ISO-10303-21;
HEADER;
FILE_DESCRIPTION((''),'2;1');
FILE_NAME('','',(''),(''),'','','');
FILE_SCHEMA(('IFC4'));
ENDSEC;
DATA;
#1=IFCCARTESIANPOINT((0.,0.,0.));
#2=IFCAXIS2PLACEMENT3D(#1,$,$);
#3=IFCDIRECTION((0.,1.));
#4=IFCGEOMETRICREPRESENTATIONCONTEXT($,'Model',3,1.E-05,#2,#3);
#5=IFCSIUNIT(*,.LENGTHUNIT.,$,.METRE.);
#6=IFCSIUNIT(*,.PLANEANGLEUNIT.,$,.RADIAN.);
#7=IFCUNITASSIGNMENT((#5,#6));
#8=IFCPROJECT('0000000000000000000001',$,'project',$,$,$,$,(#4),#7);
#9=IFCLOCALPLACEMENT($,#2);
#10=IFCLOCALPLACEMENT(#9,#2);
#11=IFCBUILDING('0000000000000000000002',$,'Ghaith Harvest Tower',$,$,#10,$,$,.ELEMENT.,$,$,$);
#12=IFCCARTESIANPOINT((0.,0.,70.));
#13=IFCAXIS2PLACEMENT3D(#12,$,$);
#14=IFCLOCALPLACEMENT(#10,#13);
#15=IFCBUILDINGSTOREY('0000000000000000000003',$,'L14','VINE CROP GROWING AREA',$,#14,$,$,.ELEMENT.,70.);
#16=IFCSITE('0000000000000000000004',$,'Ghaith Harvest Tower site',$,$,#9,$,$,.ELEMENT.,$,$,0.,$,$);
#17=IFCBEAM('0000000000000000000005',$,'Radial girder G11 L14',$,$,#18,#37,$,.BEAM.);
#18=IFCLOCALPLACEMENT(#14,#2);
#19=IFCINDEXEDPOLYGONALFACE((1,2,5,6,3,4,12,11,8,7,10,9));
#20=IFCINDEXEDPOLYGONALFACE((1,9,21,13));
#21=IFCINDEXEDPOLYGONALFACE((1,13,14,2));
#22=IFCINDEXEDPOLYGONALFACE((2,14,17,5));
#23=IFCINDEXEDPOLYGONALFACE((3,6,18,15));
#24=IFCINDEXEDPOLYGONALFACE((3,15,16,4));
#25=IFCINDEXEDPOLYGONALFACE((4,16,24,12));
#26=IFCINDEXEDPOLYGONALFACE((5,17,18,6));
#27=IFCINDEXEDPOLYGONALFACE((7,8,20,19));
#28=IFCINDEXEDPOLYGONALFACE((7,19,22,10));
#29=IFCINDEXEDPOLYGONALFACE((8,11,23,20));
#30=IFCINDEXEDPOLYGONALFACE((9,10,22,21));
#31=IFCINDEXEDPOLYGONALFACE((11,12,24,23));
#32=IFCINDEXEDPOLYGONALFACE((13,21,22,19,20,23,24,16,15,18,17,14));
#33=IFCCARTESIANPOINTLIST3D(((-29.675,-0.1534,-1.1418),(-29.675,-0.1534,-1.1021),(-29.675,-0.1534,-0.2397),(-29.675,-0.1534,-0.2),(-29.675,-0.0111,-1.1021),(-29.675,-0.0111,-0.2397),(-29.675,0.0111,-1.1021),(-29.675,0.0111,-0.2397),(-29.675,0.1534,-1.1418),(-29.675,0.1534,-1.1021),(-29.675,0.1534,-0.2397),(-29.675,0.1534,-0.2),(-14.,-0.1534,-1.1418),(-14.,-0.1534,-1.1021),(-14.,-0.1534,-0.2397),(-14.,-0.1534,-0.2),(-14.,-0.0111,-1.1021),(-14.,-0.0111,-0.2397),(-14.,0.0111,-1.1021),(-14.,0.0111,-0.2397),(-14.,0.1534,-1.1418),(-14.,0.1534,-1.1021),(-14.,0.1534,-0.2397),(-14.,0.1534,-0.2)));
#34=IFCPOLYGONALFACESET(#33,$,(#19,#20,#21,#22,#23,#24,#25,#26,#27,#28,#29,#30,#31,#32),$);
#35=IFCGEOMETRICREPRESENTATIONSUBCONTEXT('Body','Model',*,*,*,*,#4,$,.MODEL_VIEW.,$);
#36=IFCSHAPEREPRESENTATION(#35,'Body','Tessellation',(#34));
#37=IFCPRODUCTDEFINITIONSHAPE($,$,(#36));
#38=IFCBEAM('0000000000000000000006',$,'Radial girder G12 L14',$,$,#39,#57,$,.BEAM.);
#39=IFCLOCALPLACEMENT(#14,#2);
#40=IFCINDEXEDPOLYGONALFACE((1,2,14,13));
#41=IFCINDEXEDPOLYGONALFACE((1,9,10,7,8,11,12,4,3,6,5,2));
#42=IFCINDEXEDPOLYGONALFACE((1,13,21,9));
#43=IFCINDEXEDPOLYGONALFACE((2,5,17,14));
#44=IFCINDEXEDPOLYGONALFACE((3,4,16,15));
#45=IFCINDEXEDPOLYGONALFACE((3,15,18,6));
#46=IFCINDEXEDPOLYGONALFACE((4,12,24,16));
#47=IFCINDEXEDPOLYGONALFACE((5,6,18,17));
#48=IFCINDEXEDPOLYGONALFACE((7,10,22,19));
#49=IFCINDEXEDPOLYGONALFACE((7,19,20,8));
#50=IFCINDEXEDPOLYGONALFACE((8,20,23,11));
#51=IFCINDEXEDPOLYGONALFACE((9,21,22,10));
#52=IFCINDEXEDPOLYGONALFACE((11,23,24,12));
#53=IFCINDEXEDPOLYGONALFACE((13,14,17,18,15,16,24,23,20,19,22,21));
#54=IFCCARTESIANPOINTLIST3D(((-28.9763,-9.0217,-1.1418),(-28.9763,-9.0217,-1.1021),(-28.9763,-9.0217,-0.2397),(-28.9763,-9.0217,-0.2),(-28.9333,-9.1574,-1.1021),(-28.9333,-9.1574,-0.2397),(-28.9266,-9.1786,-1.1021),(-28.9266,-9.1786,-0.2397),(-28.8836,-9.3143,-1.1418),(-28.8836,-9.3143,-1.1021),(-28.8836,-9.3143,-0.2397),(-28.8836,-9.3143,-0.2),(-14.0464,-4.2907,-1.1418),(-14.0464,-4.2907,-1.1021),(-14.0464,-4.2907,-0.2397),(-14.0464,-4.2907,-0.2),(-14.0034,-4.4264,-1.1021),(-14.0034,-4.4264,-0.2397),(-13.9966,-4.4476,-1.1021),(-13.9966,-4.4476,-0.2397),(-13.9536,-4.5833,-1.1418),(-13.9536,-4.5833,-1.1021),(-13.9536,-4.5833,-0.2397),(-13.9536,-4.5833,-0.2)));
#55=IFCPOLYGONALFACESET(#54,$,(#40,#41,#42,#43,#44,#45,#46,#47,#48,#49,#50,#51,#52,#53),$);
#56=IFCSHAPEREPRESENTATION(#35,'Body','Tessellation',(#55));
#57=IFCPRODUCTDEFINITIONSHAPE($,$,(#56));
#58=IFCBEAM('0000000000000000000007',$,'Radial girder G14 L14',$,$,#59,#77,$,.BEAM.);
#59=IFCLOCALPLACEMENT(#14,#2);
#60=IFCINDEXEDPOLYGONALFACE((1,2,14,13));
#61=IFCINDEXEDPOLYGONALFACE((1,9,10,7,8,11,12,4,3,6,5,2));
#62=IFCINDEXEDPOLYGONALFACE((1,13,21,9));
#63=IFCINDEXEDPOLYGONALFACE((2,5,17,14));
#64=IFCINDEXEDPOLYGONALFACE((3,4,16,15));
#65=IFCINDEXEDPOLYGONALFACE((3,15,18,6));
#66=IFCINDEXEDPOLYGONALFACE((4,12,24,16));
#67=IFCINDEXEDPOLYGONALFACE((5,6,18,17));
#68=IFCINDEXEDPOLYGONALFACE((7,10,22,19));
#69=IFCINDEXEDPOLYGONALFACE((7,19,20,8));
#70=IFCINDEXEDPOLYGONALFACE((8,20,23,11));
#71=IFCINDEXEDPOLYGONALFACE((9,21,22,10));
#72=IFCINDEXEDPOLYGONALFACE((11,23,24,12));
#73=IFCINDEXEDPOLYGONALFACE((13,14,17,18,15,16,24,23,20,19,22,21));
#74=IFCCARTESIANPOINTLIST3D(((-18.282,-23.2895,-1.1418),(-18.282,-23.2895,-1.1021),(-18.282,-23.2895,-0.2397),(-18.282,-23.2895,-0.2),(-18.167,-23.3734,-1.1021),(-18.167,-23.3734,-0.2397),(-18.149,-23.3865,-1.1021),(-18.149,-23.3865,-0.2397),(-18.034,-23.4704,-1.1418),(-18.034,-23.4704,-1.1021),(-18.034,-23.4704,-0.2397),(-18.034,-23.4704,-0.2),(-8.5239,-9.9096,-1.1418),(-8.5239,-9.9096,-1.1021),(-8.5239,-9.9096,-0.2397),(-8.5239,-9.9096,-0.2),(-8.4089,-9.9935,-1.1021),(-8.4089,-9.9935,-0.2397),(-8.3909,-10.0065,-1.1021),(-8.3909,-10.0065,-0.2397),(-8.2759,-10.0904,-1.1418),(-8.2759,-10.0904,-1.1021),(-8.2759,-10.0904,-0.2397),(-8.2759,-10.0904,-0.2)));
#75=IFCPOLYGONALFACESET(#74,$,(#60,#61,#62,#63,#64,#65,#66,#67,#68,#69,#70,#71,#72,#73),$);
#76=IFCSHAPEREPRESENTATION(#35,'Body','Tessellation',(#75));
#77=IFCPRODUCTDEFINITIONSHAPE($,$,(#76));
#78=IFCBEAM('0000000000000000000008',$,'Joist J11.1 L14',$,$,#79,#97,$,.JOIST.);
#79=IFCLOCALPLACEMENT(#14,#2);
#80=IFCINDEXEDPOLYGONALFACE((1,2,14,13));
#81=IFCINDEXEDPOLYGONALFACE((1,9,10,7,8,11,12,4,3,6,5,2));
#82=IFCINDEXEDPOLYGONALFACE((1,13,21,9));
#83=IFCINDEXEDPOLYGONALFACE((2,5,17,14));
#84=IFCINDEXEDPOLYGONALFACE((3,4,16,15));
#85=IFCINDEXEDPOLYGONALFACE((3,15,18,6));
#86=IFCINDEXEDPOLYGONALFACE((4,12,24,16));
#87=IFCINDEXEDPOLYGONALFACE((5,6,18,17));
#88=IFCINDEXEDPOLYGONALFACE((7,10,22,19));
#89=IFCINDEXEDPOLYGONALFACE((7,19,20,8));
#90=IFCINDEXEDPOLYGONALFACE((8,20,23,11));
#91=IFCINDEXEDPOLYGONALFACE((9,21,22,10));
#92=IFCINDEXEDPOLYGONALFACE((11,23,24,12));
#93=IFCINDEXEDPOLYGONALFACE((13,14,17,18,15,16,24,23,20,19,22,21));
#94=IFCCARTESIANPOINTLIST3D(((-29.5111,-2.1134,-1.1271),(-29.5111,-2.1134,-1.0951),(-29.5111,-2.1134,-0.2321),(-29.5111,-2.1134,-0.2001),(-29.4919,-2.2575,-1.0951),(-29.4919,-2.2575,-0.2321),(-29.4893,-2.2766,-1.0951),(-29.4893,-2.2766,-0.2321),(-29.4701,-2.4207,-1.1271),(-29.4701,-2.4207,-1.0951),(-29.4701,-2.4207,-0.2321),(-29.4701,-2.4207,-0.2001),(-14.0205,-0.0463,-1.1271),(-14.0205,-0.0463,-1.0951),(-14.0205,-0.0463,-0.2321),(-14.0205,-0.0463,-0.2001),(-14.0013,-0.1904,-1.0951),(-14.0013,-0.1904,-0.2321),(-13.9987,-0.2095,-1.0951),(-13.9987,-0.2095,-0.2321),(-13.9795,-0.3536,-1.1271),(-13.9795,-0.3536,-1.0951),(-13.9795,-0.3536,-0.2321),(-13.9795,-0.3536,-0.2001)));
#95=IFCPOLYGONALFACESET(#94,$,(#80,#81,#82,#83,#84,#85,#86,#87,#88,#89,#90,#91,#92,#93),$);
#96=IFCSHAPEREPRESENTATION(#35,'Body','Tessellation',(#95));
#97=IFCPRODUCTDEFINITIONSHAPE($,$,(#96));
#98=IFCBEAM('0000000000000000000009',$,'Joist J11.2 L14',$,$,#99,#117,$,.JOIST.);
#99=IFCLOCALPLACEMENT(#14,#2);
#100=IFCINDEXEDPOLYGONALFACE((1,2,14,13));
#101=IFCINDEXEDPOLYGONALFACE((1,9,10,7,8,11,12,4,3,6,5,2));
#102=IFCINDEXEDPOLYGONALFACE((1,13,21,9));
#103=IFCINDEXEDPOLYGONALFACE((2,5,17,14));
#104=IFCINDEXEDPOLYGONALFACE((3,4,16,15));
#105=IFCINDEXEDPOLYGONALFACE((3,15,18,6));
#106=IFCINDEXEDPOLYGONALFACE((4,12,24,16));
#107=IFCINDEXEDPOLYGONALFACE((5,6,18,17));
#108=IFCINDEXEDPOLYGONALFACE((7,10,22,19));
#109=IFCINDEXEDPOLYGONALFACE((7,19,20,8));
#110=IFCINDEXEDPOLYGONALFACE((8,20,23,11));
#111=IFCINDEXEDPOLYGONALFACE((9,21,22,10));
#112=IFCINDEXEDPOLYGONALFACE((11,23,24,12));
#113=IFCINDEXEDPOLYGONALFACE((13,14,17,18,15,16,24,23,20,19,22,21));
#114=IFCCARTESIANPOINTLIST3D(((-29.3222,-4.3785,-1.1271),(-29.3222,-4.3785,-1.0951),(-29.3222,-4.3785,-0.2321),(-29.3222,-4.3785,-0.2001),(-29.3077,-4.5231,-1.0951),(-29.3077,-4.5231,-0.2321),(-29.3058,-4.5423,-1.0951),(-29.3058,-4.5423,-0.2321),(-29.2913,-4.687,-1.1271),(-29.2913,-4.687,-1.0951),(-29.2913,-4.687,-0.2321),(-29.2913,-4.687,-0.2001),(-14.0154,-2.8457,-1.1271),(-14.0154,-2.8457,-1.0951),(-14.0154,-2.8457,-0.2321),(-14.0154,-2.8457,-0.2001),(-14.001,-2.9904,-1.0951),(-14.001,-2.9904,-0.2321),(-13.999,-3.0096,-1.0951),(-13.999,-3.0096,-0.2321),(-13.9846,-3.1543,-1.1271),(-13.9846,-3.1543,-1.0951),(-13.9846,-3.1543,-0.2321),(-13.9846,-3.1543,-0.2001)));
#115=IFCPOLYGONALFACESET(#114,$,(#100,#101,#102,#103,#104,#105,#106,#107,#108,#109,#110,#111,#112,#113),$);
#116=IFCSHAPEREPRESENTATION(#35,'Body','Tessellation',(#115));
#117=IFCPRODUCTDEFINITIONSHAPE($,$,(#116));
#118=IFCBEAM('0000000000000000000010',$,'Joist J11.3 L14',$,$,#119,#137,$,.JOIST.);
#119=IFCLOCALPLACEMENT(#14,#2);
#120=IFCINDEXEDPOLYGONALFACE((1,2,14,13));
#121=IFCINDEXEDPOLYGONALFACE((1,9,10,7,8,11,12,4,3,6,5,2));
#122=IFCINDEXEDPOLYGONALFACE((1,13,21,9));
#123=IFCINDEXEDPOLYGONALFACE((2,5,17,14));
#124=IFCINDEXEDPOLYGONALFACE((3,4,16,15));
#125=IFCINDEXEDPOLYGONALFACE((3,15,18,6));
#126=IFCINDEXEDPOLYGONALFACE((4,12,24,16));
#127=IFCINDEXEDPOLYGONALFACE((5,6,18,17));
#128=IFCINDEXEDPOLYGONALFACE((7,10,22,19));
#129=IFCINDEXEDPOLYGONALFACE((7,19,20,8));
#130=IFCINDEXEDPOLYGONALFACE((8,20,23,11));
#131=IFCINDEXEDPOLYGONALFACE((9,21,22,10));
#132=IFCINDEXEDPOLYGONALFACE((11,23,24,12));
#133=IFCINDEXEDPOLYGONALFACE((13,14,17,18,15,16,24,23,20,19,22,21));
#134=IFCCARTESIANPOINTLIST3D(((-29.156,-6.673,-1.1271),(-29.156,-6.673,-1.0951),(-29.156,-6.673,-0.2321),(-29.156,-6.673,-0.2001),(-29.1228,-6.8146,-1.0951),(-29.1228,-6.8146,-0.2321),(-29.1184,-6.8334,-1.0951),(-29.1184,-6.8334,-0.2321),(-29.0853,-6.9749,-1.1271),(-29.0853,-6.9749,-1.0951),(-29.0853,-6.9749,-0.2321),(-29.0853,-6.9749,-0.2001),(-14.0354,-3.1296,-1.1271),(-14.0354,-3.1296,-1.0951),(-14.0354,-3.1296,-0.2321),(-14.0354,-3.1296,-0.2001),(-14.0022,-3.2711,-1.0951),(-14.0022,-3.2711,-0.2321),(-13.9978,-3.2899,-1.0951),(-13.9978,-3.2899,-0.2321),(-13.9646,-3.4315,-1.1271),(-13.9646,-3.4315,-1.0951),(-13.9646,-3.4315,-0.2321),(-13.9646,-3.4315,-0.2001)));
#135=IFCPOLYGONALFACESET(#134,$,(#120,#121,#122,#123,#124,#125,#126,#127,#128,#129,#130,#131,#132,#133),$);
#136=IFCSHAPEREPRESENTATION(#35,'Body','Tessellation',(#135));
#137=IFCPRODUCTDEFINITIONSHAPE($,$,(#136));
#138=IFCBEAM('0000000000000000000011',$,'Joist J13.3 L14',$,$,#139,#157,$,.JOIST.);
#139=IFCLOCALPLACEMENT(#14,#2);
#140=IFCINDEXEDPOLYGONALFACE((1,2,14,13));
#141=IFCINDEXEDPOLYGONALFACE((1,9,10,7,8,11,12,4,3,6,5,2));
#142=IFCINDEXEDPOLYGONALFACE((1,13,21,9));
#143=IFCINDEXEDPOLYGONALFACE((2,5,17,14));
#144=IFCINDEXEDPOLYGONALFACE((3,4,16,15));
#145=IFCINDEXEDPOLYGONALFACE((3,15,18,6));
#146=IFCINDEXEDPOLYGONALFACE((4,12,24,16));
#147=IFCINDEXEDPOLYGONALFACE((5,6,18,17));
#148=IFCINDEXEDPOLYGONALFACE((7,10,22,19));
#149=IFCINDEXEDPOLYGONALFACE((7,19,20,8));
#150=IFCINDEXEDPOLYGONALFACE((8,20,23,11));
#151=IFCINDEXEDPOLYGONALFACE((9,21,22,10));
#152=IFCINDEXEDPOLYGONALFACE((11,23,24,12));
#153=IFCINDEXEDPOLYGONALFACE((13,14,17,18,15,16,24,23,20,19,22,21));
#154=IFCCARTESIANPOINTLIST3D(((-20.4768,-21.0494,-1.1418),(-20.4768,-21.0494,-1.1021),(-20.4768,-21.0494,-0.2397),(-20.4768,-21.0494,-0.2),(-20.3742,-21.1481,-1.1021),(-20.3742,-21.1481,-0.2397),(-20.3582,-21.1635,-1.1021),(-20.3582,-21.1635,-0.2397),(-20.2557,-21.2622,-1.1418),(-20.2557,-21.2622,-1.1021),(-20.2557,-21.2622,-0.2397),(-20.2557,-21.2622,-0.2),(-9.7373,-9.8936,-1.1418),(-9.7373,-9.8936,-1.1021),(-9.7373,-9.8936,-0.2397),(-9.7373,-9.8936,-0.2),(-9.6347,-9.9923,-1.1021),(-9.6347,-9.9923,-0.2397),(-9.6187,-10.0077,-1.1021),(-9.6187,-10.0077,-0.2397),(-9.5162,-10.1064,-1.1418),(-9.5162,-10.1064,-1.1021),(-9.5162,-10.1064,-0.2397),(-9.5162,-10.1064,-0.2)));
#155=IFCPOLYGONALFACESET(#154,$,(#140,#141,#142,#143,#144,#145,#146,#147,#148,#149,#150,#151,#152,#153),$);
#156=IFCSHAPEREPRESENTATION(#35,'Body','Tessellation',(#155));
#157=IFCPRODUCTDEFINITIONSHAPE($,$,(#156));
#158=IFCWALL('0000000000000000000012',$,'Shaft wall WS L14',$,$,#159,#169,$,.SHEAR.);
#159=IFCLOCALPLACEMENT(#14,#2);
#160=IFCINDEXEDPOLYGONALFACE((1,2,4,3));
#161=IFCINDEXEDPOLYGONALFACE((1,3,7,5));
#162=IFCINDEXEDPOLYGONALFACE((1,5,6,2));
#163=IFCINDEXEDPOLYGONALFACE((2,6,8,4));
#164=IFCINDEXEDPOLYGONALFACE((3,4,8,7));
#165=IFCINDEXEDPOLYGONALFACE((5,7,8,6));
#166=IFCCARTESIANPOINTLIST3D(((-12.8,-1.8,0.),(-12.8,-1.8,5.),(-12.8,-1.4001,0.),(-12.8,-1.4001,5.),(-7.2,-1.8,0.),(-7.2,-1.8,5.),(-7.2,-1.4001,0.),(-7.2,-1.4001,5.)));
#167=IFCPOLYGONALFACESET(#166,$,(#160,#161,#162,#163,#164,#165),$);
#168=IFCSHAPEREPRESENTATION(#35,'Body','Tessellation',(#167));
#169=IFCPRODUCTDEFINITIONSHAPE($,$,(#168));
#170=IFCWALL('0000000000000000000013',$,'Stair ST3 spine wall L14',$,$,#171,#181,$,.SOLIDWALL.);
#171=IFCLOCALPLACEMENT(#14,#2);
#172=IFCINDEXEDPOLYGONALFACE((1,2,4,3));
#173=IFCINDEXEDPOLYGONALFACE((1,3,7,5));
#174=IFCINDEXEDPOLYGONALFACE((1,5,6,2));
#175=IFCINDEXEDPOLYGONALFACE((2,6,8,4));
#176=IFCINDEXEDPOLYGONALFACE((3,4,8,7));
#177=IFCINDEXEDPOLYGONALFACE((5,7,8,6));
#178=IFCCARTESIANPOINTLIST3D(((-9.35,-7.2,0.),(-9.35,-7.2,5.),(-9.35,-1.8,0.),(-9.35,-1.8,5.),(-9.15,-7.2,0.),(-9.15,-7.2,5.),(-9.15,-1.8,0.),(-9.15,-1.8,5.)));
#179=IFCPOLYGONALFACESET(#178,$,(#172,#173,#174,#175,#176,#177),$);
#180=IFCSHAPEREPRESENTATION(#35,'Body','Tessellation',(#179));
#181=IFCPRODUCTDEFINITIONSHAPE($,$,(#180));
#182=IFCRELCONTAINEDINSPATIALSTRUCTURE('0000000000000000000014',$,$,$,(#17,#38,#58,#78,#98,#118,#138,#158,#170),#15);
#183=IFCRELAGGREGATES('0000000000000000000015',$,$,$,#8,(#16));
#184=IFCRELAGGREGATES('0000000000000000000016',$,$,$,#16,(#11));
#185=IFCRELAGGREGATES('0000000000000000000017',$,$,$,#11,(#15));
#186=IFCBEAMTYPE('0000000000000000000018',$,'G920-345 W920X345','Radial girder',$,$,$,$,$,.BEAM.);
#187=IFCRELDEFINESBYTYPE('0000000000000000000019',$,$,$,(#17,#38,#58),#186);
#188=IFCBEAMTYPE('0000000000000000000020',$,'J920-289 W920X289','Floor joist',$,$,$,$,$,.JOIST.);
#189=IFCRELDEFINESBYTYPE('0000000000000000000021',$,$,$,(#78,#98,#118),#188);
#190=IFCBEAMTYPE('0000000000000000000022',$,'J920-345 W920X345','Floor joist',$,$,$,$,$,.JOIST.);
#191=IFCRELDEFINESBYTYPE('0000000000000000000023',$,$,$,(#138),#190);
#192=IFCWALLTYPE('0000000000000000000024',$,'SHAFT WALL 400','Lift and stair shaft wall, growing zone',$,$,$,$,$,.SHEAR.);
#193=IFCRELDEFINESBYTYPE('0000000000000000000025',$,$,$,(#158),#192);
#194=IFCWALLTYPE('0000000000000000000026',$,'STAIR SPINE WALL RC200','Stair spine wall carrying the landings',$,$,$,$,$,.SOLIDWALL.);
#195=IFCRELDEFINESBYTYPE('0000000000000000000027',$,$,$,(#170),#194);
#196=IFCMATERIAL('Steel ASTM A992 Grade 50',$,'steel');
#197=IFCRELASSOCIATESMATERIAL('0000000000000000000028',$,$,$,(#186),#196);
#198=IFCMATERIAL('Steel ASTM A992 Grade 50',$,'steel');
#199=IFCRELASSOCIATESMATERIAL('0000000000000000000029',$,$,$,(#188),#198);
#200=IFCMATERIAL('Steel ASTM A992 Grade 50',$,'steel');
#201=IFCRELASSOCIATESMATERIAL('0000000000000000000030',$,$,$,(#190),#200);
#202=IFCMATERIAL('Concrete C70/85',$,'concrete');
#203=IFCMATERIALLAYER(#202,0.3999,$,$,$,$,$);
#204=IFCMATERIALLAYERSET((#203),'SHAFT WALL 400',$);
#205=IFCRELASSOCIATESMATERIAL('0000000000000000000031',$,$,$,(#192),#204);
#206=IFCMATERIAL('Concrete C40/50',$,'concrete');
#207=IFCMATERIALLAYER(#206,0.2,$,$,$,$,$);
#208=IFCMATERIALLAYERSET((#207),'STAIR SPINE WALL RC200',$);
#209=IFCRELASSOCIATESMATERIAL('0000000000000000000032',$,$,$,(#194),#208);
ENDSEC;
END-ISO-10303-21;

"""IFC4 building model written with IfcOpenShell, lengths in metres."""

from ifc_helpers import new_model, si_unit, direction, frame, frame_2d, origin, origin_2d, place, context, subcontext, project, spatial, rectangle, i_section, extrude, material, layer, layer_set, material_profile, profile_set, type_object, element, save


model = new_model("IFC4")

# Units and contexts
model_context = context("Model", 3, precision=1e-05, world=origin(), true_north=direction((0.0, 1.0)))
body_context = subcontext(model_context, "Body", "Model", "MODEL_VIEW")
ifc_project = project(units=[si_unit("LENGTHUNIT", "METRE"), si_unit("PLANEANGLEUNIT", "RADIAN")], contexts=[model_context])

# Site, building, storey
site_placement = place(None, origin())
site = spatial("IfcSite", under=ifc_project, at=site_placement, Name="Ghaith Harvest Tower site", CompositionType="ELEMENT", RefElevation=0.0)
building_placement = place(site_placement, origin())
building = spatial("IfcBuilding", under=site, at=building_placement, Name="Ghaith Harvest Tower", CompositionType="ELEMENT")
storey_placement = place(building_placement, frame((0.0, 0.0, 70.0)))
storey = spatial("IfcBuildingStorey", under=building, at=storey_placement, Name="L14", Description="VINE CROP GROWING AREA", CompositionType="ELEMENT", Elevation=70.0)

# Beams
ifc_material_1 = material(Name="Steel ASTM A992 Grade 50", Category="steel")
ifc_material_profile_1 = material_profile(ifc_material_1, i_section(OverallWidth=0.3069, OverallDepth=0.9419, WebThickness=0.0222, FlangeThickness=0.0398, at=origin_2d()), Name="W920X345")
ifc_profile_set_1 = profile_set([ifc_material_profile_1], Name="Steel ASTM A992 Grade 50")
beam_type_1 = type_object("IfcBeamType", Name="G920-345 W920X345", Description="Radial girder", PredefinedType="BEAM", material=ifc_profile_set_1)
beam_1_placement = place(storey_placement, frame((-14.0, 0.0, -0.6709), z_axis=(-1.0, 0.0, 0.0), x_axis=(0.0, -1.0, 0.0)))
element("IfcBeam", 1, at=beam_1_placement, inside=storey, type_object=beam_type_1, Name="Radial girder G11 L14", PredefinedType="BEAM", context=body_context, shape_type="SweptSolid", body=[
    extrude(i_section(OverallWidth=0.3069, OverallDepth=0.9419, WebThickness=0.0222, FlangeThickness=0.0398, at=origin_2d()), origin(), (0.0, 0.0, 1.0), 15.675),
])
beam_2_placement = place(storey_placement, frame((-14.0, -4.437, -0.6709), z_axis=(-0.953284, -0.302074, 0.0), x_axis=(0.302074, -0.953284, 0.0)))
element("IfcBeam", 2, at=beam_2_placement, inside=storey, type_object=beam_type_1, Name="Radial girder G12 L14", PredefinedType="BEAM", context=body_context, shape_type="SweptSolid", body=[
    extrude(i_section(OverallWidth=0.3069, OverallDepth=0.9419, WebThickness=0.0222, FlangeThickness=0.0398, at=origin_2d()), origin(), (0.0, 0.0, 1.0), 15.6616),
])
beam_3_placement = place(storey_placement, frame((-8.3999, -10.0, -0.6709), z_axis=(-0.589247, -0.807953, 0.0), x_axis=(0.807953, -0.589247, 0.0)))
element("IfcBeam", 3, at=beam_3_placement, inside=storey, type_object=beam_type_1, Name="Radial girder G14 L14", PredefinedType="BEAM", context=body_context, shape_type="SweptSolid", body=[
    extrude(i_section(OverallWidth=0.3069, OverallDepth=0.9419, WebThickness=0.0222, FlangeThickness=0.0398, at=origin_2d()), origin(), (0.0, 0.0, 1.0), 16.5603),
])
ifc_material_2 = material(Name="Steel ASTM A992 Grade 50", Category="steel")
ifc_material_profile_2 = material_profile(ifc_material_2, i_section(OverallWidth=0.3101, OverallDepth=0.927, WebThickness=0.0193, FlangeThickness=0.032, at=origin_2d()), Name="W920X289")
ifc_profile_set_2 = profile_set([ifc_material_profile_2], Name="Steel ASTM A992 Grade 50")
beam_type_2 = type_object("IfcBeamType", Name="J920-289 W920X289", Description="Floor joist", PredefinedType="JOIST", material=ifc_profile_set_2)
beam_4_placement = place(storey_placement, frame((-14.0, -0.2, -0.6636), z_axis=(-0.991214, -0.132271, 0.0), x_axis=(0.132271, -0.991214, 0.0)))
element("IfcBeam", 4, at=beam_4_placement, inside=storey, type_object=beam_type_2, Name="Joist J11.1 L14", PredefinedType="JOIST", context=body_context, shape_type="SweptSolid", body=[
    extrude(i_section(OverallWidth=0.3101, OverallDepth=0.927, WebThickness=0.0193, FlangeThickness=0.032, at=origin_2d()), origin(), (0.0, 0.0, 1.0), 15.6279),
])
beam_5_placement = place(storey_placement, frame((-14.0, -3.0, -0.6636), z_axis=(-0.995024, -0.099636, 0.0), x_axis=(0.099636, -0.995024, 0.0)))
element("IfcBeam", 5, at=beam_5_placement, inside=storey, type_object=beam_type_2, Name="Joist J11.2 L14", PredefinedType="JOIST", context=body_context, shape_type="SweptSolid", body=[
    extrude(i_section(OverallWidth=0.3101, OverallDepth=0.927, WebThickness=0.0193, FlangeThickness=0.032, at=origin_2d()), origin(), (0.0, 0.0, 1.0), 15.3833),
])
beam_6_placement = place(storey_placement, frame((-14.0, -3.2805, -0.6636), z_axis=(-0.973623, -0.228165, 0.0), x_axis=(0.228165, -0.973623, 0.0)))
element("IfcBeam", 6, at=beam_6_placement, inside=storey, type_object=beam_type_2, Name="Joist J11.3 L14", PredefinedType="JOIST", context=body_context, shape_type="SweptSolid", body=[
    extrude(i_section(OverallWidth=0.3101, OverallDepth=0.927, WebThickness=0.0193, FlangeThickness=0.032, at=origin_2d()), origin(), (0.0, 0.0, 1.0), 15.5303),
])
ifc_material_3 = material(Name="Steel ASTM A992 Grade 50", Category="steel")
ifc_material_profile_3 = material_profile(ifc_material_3, i_section(OverallWidth=0.3069, OverallDepth=0.9419, WebThickness=0.0222, FlangeThickness=0.0398, at=origin_2d()), Name="W920X345")
ifc_profile_set_3 = profile_set([ifc_material_profile_3], Name="Steel ASTM A992 Grade 50")
beam_type_3 = type_object("IfcBeamType", Name="J920-345 W920X345", Description="Floor joist", PredefinedType="JOIST", material=ifc_profile_set_3)
beam_7_placement = place(storey_placement, frame((-9.6267, -10.0, -0.6709), z_axis=(-0.693538, -0.72042, 0.0), x_axis=(0.72042, -0.693538, 0.0)))
element("IfcBeam", 7, at=beam_7_placement, inside=storey, type_object=beam_type_3, Name="Joist J13.3 L14", PredefinedType="JOIST", context=body_context, shape_type="SweptSolid", body=[
    extrude(i_section(OverallWidth=0.3069, OverallDepth=0.9419, WebThickness=0.0222, FlangeThickness=0.0398, at=origin_2d()), origin(), (0.0, 0.0, 1.0), 15.4851),
])

# Walls
ifc_material_4 = material(Name="Concrete C70/85", Category="concrete")
ifc_layer_1 = layer(ifc_material_4, 0.3999)
ifc_layer_set_1 = layer_set([ifc_layer_1], Name="SHAFT WALL 400")
wall_type_1 = type_object("IfcWallType", Name="SHAFT WALL 400", Description="Lift and stair shaft wall, growing zone", PredefinedType="SHEAR", material=ifc_layer_set_1)
wall_1_placement = place(storey_placement, frame((-12.8, -1.6001, 0.0), z_axis=(0.0, 0.0, 1.0), x_axis=(1.0, 0.0, 0.0)))
element("IfcWall", 8, at=wall_1_placement, inside=storey, type_object=wall_type_1, Name="Shaft wall WS L14", PredefinedType="SHEAR", context=body_context, shape_type="SweptSolid", body=[
    extrude(rectangle(XDim=5.6001, YDim=0.3999, at=frame_2d((2.8, 0.0))), origin(), (0.0, 0.0, 1.0), 5.0),
])
ifc_material_5 = material(Name="Concrete C40/50", Category="concrete")
ifc_layer_2 = layer(ifc_material_5, 0.2)
ifc_layer_set_2 = layer_set([ifc_layer_2], Name="STAIR SPINE WALL RC200")
wall_type_2 = type_object("IfcWallType", Name="STAIR SPINE WALL RC200", Description="Stair spine wall carrying the landings", PredefinedType="SOLIDWALL", material=ifc_layer_set_2)
wall_2_placement = place(storey_placement, frame((-9.25, -7.2, 0.0), z_axis=(0.0, 0.0, 1.0), x_axis=(0.0, 1.0, 0.0)))
element("IfcWall", 9, at=wall_2_placement, inside=storey, type_object=wall_type_2, Name="Stair ST3 spine wall L14", PredefinedType="SOLIDWALL", context=body_context, shape_type="SweptSolid", body=[
    extrude(rectangle(XDim=5.3999, YDim=0.2, at=frame_2d((2.7, 0.0))), origin(), (0.0, 0.0, 1.0), 5.0),
])

save(model, "model.ifc")
